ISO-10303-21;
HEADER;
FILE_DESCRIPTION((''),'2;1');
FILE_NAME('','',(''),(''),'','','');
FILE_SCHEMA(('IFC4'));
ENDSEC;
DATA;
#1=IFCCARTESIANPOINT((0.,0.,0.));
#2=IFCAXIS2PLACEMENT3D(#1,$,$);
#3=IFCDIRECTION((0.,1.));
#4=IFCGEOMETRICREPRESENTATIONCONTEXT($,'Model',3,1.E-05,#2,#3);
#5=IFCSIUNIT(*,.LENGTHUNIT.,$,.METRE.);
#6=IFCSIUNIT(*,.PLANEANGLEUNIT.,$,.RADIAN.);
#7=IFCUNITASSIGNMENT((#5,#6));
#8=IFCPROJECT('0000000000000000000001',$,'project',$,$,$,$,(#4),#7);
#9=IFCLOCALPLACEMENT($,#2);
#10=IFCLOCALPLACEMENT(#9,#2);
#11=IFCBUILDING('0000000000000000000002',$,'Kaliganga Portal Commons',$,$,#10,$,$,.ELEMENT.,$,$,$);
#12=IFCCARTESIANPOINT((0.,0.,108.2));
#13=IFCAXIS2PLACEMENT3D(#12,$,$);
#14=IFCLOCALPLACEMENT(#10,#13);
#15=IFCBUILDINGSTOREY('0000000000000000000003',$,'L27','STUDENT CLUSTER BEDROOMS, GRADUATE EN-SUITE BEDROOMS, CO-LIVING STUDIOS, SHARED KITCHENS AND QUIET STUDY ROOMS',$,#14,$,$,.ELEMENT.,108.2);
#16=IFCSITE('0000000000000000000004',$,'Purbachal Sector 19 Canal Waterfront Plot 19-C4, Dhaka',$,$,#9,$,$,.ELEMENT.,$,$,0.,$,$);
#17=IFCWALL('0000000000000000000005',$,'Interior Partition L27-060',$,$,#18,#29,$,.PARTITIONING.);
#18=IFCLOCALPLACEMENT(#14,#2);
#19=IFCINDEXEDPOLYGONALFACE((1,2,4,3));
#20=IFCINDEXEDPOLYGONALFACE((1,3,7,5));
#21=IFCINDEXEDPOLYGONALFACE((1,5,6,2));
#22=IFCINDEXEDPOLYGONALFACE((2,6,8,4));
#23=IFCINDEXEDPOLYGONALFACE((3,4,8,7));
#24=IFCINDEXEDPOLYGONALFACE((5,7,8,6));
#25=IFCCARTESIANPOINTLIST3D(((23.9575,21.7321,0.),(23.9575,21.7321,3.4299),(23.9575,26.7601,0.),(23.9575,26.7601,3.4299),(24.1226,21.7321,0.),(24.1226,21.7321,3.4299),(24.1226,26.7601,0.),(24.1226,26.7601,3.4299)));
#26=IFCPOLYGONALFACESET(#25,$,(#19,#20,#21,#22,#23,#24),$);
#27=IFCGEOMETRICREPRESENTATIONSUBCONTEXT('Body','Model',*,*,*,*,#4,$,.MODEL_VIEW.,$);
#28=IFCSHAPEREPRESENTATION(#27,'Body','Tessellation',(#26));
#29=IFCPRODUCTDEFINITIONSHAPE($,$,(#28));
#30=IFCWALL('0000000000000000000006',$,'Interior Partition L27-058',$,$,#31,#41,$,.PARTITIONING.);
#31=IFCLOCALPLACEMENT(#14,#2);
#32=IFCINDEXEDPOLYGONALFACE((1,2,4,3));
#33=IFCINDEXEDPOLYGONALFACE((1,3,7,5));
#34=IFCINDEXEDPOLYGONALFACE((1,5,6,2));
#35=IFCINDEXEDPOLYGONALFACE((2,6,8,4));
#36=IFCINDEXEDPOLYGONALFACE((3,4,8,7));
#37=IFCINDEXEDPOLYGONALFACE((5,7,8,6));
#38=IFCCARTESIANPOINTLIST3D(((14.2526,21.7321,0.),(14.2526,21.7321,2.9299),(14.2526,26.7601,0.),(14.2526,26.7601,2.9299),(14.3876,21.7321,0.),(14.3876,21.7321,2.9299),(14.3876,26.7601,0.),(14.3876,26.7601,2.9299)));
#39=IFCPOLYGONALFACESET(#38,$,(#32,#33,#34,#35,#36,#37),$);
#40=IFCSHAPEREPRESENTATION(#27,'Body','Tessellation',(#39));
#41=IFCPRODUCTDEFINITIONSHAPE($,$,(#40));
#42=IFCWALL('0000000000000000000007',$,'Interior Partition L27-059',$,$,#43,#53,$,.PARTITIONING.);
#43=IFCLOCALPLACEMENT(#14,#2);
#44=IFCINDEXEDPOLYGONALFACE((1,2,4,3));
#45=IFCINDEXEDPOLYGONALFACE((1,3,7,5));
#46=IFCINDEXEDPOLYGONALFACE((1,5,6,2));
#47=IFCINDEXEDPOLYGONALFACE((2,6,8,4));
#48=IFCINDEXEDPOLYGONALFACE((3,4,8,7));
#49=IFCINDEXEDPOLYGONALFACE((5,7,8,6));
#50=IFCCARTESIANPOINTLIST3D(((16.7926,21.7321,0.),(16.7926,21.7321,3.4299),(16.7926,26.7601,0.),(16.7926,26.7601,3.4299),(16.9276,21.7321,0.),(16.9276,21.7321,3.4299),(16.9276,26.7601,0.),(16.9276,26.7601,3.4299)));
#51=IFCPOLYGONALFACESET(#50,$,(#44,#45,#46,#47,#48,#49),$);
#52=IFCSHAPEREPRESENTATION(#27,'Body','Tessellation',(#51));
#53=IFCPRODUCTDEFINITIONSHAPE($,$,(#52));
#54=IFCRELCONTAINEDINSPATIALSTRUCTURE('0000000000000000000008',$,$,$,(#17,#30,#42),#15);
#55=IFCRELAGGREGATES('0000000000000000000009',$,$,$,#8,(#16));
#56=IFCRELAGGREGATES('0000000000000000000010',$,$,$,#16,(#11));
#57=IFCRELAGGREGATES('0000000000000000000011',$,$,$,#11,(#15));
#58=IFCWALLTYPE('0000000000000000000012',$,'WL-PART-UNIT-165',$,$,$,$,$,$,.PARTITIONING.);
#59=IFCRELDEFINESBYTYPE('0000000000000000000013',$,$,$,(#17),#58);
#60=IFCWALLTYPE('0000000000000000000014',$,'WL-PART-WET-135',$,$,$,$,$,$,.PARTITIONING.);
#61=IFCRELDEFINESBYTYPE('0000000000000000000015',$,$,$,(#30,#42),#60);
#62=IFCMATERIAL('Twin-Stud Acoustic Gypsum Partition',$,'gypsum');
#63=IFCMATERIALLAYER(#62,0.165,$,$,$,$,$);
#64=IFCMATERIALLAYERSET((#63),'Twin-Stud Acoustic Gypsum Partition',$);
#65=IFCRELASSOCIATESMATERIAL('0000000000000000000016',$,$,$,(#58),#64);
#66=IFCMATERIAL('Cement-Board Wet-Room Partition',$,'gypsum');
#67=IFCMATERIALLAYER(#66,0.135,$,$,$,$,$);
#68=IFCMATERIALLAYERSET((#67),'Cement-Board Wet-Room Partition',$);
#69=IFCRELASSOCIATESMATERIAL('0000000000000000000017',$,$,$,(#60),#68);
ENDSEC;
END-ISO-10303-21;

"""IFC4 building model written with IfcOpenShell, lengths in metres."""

from ifc_helpers import new_model, si_unit, direction, frame, frame_2d, origin, place, context, subcontext, project, spatial, rectangle, extrude, material, layer, layer_set, type_object, element, save


model = new_model("IFC4")

# Units and contexts
model_context = context("Model", 3, precision=1e-05, world=origin(), true_north=direction((0.0, 1.0)))
body_context = subcontext(model_context, "Body", "Model", "MODEL_VIEW")
ifc_project = project(units=[si_unit("LENGTHUNIT", "METRE"), si_unit("PLANEANGLEUNIT", "RADIAN")], contexts=[model_context])

# Site, building, storey
site_placement = place(None, origin())
site = spatial("IfcSite", under=ifc_project, at=site_placement, Name="Purbachal Sector 19 Canal Waterfront Plot 19-C4, Dhaka", CompositionType="ELEMENT", RefElevation=0.0)
building_placement = place(site_placement, origin())
building = spatial("IfcBuilding", under=site, at=building_placement, Name="Kaliganga Portal Commons", CompositionType="ELEMENT")
storey_placement = place(building_placement, frame((0.0, 0.0, 108.2)))
storey = spatial("IfcBuildingStorey", under=building, at=storey_placement, Name="L27", Description="STUDENT CLUSTER BEDROOMS, GRADUATE EN-SUITE BEDROOMS, CO-LIVING STUDIOS, SHARED KITCHENS AND QUIET STUDY ROOMS", CompositionType="ELEMENT", Elevation=108.2)

# Walls
ifc_material_1 = material(Name="Twin-Stud Acoustic Gypsum Partition", Category="gypsum")
ifc_layer_1 = layer(ifc_material_1, 0.165)
ifc_layer_set_1 = layer_set([ifc_layer_1], Name="Twin-Stud Acoustic Gypsum Partition")
wall_type_1 = type_object("IfcWallType", Name="WL-PART-UNIT-165", PredefinedType="PARTITIONING", material=ifc_layer_set_1)
wall_1_placement = place(storey_placement, frame((24.04, 21.7319, 0.0), z_axis=(0.0, 0.0, 1.0), x_axis=(0.0, 1.0, 0.0)))
element("IfcWall", 1, at=wall_1_placement, inside=storey, type_object=wall_type_1, Name="Interior Partition L27-060", PredefinedType="PARTITIONING", context=body_context, shape_type="SweptSolid", body=[
    extrude(rectangle(XDim=5.0281, YDim=0.165, at=frame_2d((2.5142, 0.0))), origin(), (0.0, 0.0, 1.0), 3.4299),
])
ifc_material_2 = material(Name="Cement-Board Wet-Room Partition", Category="gypsum")
ifc_layer_2 = layer(ifc_material_2, 0.135)
ifc_layer_set_2 = layer_set([ifc_layer_2], Name="Cement-Board Wet-Room Partition")
wall_type_2 = type_object("IfcWallType", Name="WL-PART-WET-135", PredefinedType="PARTITIONING", material=ifc_layer_set_2)
wall_2_placement = place(storey_placement, frame((14.3201, 21.7319, 0.0), z_axis=(0.0, 0.0, 1.0), x_axis=(0.0, 1.0, 0.0)))
element("IfcWall", 2, at=wall_2_placement, inside=storey, type_object=wall_type_2, Name="Interior Partition L27-058", PredefinedType="PARTITIONING", context=body_context, shape_type="SweptSolid", body=[
    extrude(rectangle(XDim=5.0281, YDim=0.135, at=frame_2d((2.5142, 0.0))), origin(), (0.0, 0.0, 1.0), 2.9299),
])
wall_3_placement = place(storey_placement, frame((16.8601, 21.7319, 0.0), z_axis=(0.0, 0.0, 1.0), x_axis=(0.0, 1.0, 0.0)))
element("IfcWall", 3, at=wall_3_placement, inside=storey, type_object=wall_type_2, Name="Interior Partition L27-059", PredefinedType="PARTITIONING", context=body_context, shape_type="SweptSolid", body=[
    extrude(rectangle(XDim=5.0281, YDim=0.135, at=frame_2d((2.5142, 0.0))), origin(), (0.0, 0.0, 1.0), 3.4299),
])

save(model, "model.ifc")
